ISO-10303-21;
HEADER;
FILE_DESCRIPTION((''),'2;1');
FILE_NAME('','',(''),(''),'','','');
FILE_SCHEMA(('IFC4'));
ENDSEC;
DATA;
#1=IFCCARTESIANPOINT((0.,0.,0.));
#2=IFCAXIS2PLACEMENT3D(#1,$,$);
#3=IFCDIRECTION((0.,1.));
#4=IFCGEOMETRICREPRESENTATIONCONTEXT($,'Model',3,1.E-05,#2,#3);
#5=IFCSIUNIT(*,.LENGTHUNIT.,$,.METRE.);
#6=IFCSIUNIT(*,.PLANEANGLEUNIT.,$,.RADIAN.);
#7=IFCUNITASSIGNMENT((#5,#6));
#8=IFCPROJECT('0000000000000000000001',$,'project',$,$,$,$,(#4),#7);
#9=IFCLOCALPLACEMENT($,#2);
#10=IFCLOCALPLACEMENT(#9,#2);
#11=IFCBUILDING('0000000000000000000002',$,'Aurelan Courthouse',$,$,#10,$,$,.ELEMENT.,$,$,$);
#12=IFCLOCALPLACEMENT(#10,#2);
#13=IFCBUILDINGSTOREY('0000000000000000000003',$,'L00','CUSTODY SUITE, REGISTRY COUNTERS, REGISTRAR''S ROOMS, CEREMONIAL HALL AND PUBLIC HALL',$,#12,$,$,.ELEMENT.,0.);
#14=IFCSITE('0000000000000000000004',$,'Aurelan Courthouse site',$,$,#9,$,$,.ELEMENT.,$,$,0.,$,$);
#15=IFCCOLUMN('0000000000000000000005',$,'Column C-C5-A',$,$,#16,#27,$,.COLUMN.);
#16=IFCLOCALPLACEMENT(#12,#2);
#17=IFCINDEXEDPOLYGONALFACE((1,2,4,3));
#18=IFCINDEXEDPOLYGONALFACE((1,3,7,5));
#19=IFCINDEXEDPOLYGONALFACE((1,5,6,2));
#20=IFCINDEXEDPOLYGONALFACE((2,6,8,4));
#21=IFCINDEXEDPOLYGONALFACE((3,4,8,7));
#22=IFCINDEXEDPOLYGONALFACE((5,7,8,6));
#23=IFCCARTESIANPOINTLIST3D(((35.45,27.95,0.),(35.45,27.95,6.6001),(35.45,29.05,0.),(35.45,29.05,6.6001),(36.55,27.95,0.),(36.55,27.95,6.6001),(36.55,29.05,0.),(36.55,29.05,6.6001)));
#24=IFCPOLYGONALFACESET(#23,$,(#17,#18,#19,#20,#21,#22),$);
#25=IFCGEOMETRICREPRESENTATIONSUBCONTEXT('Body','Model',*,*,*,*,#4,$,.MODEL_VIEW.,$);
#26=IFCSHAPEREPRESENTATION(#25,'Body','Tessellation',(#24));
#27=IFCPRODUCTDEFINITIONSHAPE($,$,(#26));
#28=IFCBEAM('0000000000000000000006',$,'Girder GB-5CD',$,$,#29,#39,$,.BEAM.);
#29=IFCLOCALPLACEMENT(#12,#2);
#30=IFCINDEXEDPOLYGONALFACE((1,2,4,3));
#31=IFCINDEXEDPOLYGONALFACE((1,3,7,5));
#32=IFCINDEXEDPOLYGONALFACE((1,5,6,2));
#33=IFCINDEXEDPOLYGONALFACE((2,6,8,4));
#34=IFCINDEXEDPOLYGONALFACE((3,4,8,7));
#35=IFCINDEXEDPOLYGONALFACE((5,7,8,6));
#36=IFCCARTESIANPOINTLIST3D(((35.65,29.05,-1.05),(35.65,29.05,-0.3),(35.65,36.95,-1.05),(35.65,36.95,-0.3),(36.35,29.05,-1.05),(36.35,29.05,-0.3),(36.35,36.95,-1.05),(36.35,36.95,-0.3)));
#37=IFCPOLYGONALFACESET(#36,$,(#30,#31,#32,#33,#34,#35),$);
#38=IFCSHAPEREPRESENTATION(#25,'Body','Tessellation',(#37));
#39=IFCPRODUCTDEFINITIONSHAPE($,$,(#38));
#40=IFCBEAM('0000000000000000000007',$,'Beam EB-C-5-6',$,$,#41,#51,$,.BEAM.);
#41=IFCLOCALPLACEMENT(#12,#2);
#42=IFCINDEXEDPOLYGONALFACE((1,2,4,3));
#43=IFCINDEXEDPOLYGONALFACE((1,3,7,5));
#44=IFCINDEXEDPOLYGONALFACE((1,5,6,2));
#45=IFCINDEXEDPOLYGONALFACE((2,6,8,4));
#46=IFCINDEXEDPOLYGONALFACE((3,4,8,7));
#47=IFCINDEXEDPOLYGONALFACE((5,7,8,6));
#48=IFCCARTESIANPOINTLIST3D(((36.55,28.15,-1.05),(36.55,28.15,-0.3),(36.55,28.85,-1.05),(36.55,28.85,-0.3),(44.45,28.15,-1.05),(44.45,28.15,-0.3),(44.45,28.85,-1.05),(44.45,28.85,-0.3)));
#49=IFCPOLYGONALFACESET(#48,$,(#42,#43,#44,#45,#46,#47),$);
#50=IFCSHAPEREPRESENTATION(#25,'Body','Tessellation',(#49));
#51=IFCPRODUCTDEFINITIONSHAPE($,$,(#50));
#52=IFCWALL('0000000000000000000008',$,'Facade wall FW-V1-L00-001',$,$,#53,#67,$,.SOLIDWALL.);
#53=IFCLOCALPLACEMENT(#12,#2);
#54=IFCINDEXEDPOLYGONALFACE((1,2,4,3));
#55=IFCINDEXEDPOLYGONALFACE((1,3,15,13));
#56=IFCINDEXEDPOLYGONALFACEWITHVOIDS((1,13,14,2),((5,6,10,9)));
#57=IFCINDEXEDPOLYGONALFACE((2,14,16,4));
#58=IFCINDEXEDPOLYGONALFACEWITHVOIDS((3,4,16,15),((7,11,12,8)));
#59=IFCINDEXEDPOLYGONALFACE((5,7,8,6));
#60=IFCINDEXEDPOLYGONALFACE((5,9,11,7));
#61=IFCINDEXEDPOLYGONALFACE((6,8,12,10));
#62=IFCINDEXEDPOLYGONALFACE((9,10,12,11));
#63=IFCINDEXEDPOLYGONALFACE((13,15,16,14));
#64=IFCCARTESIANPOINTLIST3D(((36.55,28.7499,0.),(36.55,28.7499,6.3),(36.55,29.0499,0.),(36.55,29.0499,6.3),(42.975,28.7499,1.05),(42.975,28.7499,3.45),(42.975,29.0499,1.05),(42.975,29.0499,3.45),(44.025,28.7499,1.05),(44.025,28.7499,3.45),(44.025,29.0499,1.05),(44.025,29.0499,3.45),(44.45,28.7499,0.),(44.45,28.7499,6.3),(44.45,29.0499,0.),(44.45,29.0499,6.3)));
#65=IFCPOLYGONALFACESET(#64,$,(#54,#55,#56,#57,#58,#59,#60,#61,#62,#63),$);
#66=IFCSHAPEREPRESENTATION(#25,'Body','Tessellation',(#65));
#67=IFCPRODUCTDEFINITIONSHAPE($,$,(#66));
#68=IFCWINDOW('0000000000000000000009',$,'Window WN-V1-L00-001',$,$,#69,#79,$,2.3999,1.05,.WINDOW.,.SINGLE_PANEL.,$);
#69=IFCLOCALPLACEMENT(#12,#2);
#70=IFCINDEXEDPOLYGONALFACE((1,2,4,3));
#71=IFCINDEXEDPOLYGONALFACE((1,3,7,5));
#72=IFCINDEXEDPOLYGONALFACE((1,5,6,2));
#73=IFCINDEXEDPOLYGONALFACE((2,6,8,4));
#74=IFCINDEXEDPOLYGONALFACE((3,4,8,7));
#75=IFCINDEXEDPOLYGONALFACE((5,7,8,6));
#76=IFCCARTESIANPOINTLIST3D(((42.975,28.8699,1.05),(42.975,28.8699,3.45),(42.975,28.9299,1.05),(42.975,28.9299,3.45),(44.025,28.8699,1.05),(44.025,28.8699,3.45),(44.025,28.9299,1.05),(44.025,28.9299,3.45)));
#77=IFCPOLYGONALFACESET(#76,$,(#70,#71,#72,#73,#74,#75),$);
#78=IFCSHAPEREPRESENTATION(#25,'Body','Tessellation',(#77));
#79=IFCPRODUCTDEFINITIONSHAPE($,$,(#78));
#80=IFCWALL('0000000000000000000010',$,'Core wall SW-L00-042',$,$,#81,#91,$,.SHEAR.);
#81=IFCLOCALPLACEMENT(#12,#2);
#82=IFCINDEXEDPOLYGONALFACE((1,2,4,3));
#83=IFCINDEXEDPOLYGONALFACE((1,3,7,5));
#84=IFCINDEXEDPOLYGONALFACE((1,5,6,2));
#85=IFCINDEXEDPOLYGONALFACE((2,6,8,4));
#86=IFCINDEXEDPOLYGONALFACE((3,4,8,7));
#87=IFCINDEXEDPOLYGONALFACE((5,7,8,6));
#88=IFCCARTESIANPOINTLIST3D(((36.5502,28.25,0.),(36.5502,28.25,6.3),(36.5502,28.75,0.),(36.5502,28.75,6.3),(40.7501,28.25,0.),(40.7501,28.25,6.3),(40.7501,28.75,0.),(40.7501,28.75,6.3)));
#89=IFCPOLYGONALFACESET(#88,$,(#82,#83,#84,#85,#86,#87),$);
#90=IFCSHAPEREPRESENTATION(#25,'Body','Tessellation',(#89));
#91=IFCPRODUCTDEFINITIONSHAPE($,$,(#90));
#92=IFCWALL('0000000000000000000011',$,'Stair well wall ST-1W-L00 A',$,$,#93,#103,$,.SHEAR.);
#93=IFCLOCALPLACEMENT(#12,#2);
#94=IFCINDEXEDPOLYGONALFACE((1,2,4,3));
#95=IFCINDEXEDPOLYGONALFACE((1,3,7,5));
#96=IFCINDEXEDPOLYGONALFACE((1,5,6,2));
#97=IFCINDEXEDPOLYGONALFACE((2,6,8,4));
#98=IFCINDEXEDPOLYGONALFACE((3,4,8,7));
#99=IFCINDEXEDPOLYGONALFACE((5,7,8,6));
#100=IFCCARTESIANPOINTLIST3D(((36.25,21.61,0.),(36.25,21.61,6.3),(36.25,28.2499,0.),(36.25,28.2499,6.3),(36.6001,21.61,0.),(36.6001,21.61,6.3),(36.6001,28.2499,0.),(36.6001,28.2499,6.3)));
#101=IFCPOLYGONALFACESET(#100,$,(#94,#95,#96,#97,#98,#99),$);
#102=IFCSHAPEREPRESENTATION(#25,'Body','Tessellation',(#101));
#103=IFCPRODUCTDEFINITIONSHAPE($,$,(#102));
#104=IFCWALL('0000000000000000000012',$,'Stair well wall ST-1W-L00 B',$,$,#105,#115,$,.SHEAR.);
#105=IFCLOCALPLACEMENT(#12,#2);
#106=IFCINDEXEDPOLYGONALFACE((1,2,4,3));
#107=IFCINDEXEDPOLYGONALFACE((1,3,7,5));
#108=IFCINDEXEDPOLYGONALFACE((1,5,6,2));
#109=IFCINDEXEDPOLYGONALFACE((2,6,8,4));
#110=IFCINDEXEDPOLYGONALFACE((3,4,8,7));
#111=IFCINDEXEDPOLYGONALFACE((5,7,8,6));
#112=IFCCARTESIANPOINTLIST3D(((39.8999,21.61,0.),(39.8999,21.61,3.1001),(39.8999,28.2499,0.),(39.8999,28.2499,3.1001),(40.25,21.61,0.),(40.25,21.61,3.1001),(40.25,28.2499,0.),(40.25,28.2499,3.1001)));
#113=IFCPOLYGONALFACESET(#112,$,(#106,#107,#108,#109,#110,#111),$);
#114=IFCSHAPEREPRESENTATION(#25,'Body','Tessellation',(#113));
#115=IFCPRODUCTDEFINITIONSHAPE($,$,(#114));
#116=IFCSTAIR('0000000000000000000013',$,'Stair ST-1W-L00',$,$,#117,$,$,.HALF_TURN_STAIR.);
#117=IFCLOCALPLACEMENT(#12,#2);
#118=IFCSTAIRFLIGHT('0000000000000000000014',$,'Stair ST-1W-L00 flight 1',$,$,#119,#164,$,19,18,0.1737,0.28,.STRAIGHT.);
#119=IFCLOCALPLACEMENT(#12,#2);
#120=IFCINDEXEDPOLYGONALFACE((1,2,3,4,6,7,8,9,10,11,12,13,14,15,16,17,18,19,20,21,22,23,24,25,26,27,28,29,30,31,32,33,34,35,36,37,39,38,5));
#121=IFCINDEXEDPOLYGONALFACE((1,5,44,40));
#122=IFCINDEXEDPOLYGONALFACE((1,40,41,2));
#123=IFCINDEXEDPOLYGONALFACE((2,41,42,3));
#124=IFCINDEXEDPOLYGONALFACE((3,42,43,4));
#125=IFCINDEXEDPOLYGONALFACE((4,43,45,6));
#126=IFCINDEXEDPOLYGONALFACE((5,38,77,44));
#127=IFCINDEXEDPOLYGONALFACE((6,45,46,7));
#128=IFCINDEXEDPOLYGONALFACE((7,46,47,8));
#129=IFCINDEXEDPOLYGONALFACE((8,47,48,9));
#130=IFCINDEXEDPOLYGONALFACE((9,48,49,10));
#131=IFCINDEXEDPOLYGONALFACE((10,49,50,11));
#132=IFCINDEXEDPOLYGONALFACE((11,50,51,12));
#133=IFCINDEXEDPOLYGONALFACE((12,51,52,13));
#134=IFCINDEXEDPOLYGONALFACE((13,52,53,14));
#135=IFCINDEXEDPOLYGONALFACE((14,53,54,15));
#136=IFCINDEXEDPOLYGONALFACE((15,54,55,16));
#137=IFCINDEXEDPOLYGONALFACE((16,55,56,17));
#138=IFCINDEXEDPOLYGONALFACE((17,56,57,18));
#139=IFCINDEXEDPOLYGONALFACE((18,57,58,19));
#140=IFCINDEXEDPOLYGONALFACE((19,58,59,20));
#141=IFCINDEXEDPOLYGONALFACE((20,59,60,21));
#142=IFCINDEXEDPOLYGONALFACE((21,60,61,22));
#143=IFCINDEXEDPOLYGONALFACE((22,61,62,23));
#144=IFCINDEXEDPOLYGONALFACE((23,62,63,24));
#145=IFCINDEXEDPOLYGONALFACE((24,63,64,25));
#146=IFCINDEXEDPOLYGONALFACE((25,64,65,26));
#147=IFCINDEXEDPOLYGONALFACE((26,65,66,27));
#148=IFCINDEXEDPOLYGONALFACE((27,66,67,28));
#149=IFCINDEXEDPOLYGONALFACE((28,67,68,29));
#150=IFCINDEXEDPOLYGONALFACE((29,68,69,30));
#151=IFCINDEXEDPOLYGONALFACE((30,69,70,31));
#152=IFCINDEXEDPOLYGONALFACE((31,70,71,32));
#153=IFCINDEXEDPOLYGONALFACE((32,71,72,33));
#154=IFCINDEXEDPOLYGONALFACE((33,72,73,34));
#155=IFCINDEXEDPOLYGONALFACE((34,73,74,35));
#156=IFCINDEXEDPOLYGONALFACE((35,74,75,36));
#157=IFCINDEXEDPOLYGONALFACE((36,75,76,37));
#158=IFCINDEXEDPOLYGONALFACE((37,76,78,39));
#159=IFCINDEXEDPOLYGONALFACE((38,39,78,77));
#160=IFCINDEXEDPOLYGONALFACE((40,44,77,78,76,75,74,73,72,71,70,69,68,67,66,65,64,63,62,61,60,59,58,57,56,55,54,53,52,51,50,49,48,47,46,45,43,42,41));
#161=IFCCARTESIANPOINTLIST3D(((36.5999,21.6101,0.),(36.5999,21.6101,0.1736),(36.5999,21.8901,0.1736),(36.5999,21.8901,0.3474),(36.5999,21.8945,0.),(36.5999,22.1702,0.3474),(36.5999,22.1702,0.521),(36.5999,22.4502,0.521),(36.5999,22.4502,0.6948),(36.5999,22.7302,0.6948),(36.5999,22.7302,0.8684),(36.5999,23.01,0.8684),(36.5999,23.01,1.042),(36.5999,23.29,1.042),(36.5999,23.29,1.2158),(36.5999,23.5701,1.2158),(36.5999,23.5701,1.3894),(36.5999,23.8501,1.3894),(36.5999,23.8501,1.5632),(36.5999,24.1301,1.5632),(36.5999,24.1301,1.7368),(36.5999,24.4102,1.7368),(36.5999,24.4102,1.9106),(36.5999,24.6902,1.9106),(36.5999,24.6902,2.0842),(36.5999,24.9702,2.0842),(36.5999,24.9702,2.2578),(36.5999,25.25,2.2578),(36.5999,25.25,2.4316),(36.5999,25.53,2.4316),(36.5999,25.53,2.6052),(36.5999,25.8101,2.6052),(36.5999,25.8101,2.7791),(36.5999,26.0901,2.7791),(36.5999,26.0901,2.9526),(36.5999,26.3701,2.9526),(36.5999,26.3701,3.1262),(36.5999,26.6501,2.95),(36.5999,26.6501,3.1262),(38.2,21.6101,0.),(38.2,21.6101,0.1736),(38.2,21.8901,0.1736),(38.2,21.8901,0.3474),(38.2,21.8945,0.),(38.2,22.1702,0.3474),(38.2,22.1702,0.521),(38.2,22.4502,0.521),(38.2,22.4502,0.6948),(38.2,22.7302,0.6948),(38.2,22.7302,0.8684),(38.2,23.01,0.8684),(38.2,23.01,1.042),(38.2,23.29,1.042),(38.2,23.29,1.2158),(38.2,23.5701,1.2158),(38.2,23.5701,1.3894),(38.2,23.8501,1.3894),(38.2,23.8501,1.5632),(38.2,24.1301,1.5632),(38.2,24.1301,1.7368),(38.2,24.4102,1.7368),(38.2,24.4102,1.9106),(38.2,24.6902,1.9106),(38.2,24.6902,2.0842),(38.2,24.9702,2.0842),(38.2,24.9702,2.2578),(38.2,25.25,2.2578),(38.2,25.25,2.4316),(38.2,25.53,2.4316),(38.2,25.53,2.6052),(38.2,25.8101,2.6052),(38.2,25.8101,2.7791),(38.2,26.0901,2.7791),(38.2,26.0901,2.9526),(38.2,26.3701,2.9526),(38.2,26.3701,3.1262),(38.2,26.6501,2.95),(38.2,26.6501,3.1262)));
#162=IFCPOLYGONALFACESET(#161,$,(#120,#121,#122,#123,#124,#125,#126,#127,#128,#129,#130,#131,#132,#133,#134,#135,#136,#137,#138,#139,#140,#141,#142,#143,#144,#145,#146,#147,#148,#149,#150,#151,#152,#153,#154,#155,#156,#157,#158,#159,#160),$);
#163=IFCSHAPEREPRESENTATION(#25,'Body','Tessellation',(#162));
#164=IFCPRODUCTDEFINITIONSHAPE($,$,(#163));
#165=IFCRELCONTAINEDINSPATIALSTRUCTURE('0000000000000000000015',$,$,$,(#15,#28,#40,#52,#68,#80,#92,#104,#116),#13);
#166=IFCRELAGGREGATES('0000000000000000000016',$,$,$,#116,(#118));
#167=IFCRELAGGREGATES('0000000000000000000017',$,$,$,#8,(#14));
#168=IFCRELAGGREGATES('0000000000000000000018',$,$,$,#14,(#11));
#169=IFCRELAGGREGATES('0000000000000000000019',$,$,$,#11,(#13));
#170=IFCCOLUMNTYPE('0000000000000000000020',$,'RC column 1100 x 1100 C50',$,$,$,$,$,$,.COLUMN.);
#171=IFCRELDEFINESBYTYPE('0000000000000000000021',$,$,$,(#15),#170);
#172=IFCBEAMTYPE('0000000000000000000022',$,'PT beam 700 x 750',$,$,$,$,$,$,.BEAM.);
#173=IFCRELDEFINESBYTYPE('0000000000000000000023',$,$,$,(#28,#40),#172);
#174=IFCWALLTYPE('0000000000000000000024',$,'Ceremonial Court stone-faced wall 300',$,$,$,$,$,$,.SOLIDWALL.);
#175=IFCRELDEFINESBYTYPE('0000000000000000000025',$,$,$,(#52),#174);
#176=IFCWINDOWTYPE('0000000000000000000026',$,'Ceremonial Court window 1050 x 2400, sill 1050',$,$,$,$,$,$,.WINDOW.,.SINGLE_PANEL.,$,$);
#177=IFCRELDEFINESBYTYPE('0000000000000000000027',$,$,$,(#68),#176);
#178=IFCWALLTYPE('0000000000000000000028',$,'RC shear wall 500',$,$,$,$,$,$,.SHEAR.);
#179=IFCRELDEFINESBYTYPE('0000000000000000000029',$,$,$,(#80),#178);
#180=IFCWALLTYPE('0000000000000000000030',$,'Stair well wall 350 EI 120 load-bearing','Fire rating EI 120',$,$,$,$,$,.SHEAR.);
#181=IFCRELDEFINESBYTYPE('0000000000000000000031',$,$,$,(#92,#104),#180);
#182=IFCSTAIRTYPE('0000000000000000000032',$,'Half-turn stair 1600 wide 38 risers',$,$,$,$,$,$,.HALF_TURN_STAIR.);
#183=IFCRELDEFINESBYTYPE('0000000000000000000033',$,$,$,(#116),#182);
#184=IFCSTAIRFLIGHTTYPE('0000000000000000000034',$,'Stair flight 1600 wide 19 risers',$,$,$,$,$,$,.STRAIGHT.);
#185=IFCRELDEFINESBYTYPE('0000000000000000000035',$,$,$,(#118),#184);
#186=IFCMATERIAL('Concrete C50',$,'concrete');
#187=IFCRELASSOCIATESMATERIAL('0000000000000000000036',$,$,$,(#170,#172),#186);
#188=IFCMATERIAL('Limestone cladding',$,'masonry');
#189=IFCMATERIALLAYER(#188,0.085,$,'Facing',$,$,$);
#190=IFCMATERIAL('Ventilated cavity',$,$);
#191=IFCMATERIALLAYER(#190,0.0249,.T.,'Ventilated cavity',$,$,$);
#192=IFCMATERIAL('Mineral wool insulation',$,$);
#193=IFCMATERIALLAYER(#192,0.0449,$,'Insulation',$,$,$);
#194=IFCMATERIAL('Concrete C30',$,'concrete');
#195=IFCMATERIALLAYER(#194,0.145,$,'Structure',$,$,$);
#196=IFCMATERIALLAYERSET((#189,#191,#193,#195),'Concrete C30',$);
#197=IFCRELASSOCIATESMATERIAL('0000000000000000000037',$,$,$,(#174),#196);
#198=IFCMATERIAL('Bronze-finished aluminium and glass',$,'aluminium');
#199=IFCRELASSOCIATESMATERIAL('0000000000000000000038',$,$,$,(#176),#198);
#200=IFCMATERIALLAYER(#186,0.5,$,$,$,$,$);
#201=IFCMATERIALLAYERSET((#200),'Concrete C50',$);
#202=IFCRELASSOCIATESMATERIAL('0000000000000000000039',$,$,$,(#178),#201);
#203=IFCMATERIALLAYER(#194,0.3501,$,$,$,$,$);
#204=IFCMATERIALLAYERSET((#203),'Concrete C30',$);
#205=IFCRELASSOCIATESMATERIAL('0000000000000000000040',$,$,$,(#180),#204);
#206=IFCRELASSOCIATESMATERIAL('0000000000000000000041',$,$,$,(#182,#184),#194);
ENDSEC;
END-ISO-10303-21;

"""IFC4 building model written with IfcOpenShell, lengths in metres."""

from ifc_helpers import new_model, si_unit, direction, frame, frame_2d, origin, origin_2d, place, context, subcontext, project, spatial, polyline, rectangle, outline, extrude, material, layer, layer_set, material_profile, profile_set, type_object, element, fill, aggregate, save


model = new_model("IFC4")

# Units and contexts
model_context = context("Model", 3, precision=1e-05, world=origin(), true_north=direction((0.0, 1.0)))
body_context = subcontext(model_context, "Body", "Model", "MODEL_VIEW")
ifc_project = project(units=[si_unit("LENGTHUNIT", "METRE"), si_unit("PLANEANGLEUNIT", "RADIAN")], contexts=[model_context])

# Site, building, storey
site_placement = place(None, origin())
site = spatial("IfcSite", under=ifc_project, at=site_placement, Name="Aurelan Courthouse site", CompositionType="ELEMENT", RefElevation=0.0)
building_placement = place(site_placement, origin())
building = spatial("IfcBuilding", under=site, at=building_placement, Name="Aurelan Courthouse", CompositionType="ELEMENT")
storey_placement = place(building_placement, origin())
storey = spatial("IfcBuildingStorey", under=building, at=storey_placement, Name="L00", Description="CUSTODY SUITE, REGISTRY COUNTERS, REGISTRAR'S ROOMS, CEREMONIAL HALL AND PUBLIC HALL", CompositionType="ELEMENT", Elevation=0.0)

# Column
ifc_material_1 = material(Name="Concrete C50", Category="concrete")
ifc_material_profile_1 = material_profile(ifc_material_1, rectangle(XDim=1.1001, YDim=1.1001, at=origin_2d()), Name="RC 1100 x 1100")
ifc_profile_set_1 = profile_set([ifc_material_profile_1], Name="Concrete C50")
column_type = type_object("IfcColumnType", Name="RC column 1100 x 1100 C50", PredefinedType="COLUMN", material=ifc_profile_set_1)
column_placement = place(storey_placement, frame((36.0, 28.5, 0.0), z_axis=(0.0, 0.0, 1.0), x_axis=(1.0, 0.0, 0.0)))
element("IfcColumn", 1, at=column_placement, inside=storey, type_object=column_type, Name="Column C-C5-A", PredefinedType="COLUMN", context=body_context, shape_type="SweptSolid", body=[
    extrude(rectangle(XDim=1.1001, YDim=1.1001, at=origin_2d()), origin(), (0.0, 0.0, 1.0), 6.6001),
])

# Beams
ifc_material_profile_2 = material_profile(ifc_material_1, rectangle(XDim=0.7, YDim=0.75, at=origin_2d()), Name="RC 700 x 750")
ifc_profile_set_2 = profile_set([ifc_material_profile_2], Name="Concrete C50")
beam_type = type_object("IfcBeamType", Name="PT beam 700 x 750", PredefinedType="BEAM", material=ifc_profile_set_2)
for number, where, z_axis, x_axis, name in (
    (2, (36.0, 29.05, -0.675), (0.0, 1.0, 0.0), (-1.0, 0.0, 0.0), "Girder GB-5CD"),
    (3, (36.55, 28.5, -0.675), (1.0, 0.0, 0.0), (0.0, 1.0, 0.0), "Beam EB-C-5-6"),
):
    element("IfcBeam", number, at=place(storey_placement, frame(where, z_axis=z_axis, x_axis=x_axis)), inside=storey, type_object=beam_type, Name=name, PredefinedType="BEAM", context=body_context, shape_type="SweptSolid", body=[
        extrude(rectangle(XDim=0.7, YDim=0.75, at=origin_2d()), origin(), (0.0, 0.0, 1.0), 7.8999),
    ])

# Wall, opening, window
ifc_material_2 = material(Name="Limestone cladding", Category="masonry")
ifc_layer_1 = layer(ifc_material_2, 0.085, Name="Facing")
ifc_material_3 = material(Name="Ventilated cavity")
ifc_layer_2 = layer(ifc_material_3, 0.0249, ventilated=True, Name="Ventilated cavity")
ifc_material_4 = material(Name="Mineral wool insulation")
ifc_layer_3 = layer(ifc_material_4, 0.0449, Name="Insulation")
ifc_material_5 = material(Name="Concrete C30", Category="concrete")
ifc_layer_4 = layer(ifc_material_5, 0.145, Name="Structure")
ifc_layer_set_1 = layer_set([ifc_layer_1, ifc_layer_2, ifc_layer_3, ifc_layer_4], Name="Concrete C30")
wall_type_1 = type_object("IfcWallType", Name="Ceremonial Court stone-faced wall 300", PredefinedType="SOLIDWALL", material=ifc_layer_set_1)
wall_1_placement = place(storey_placement, frame((36.55, 28.8999, 0.0), z_axis=(0.0, 0.0, 1.0), x_axis=(1.0, 0.0, 0.0)))
wall_1 = element("IfcWall", 4, at=wall_1_placement, inside=storey, type_object=wall_type_1, Name="Facade wall FW-V1-L00-001", PredefinedType="SOLIDWALL", context=body_context, shape_type="SweptSolid", body=[
    extrude(rectangle(XDim=7.8999, YDim=0.3, at=frame_2d((3.95, 0.0))), origin(), (0.0, 0.0, 1.0), 6.3),
])
opening_placement = place(wall_1_placement, frame((6.425, 0.0, 1.05)))
opening = element("IfcOpeningElement", 5, at=opening_placement, cuts=wall_1, PredefinedType="OPENING", context=body_context, shape_type="SweptSolid", body=[
    extrude(rectangle(XDim=1.05, YDim=2.3999, at=frame_2d((0.5249, 1.2))), frame((0.0, 0.1599, 0.0), z_axis=(0.0, -1.0, 0.0), x_axis=(1.0, 0.0, 0.0)), (0.0, 0.0, 1.0), 0.3201),
])
ifc_material_6 = material(Name="Bronze-finished aluminium and glass", Category="aluminium")
window_type = type_object("IfcWindowType", Name="Ceremonial Court window 1050 x 2400, sill 1050", PartitioningType="SINGLE_PANEL", PredefinedType="WINDOW", material=ifc_material_6)
window_placement = place(opening_placement, origin())
window = element("IfcWindow", 6, at=window_placement, inside=storey, type_object=window_type, Name="Window WN-V1-L00-001", OverallHeight=2.3999, OverallWidth=1.05, PartitioningType="SINGLE_PANEL", PredefinedType="WINDOW", context=body_context, shape_type="SweptSolid", body=[
    extrude(rectangle(XDim=1.05, YDim=2.3999, at=frame_2d((0.5249, 1.2))), frame((0.0, 0.03, 0.0), z_axis=(0.0, -1.0, 0.0), x_axis=(1.0, 0.0, 0.0)), (0.0, 0.0, 1.0), 0.0601),
])
fill(opening, window)

# Walls
ifc_layer_5 = layer(ifc_material_1, 0.5)
ifc_layer_set_2 = layer_set([ifc_layer_5], Name="Concrete C50")
wall_type_2 = type_object("IfcWallType", Name="RC shear wall 500", PredefinedType="SHEAR", material=ifc_layer_set_2)
wall_2_placement = place(storey_placement, frame((36.55, 28.5, 0.0), z_axis=(0.0, 0.0, 1.0), x_axis=(1.0, 0.0, 0.0)))
element("IfcWall", 7, at=wall_2_placement, inside=storey, type_object=wall_type_2, Name="Core wall SW-L00-042", PredefinedType="SHEAR", context=body_context, shape_type="SweptSolid", body=[
    extrude(rectangle(XDim=4.2, YDim=0.5, at=frame_2d((2.1001, 0.0))), origin(), (0.0, 0.0, 1.0), 6.3),
])
ifc_layer_6 = layer(ifc_material_5, 0.3501)
ifc_layer_set_3 = layer_set([ifc_layer_6], Name="Concrete C30")
wall_type_3 = type_object("IfcWallType", Name="Stair well wall 350 EI 120 load-bearing", Description="Fire rating EI 120", PredefinedType="SHEAR", material=ifc_layer_set_3)
wall_3_placement = place(storey_placement, frame((36.425, 21.6101, 0.0), z_axis=(0.0, 0.0, 1.0), x_axis=(0.0, 1.0, 0.0)))
element("IfcWall", 8, at=wall_3_placement, inside=storey, type_object=wall_type_3, Name="Stair well wall ST-1W-L00 A", PredefinedType="SHEAR", context=body_context, shape_type="SweptSolid", body=[
    extrude(rectangle(XDim=6.6399, YDim=0.3501, at=frame_2d((3.3198, 0.0))), origin(), (0.0, 0.0, 1.0), 6.3),
])
wall_4_placement = place(storey_placement, frame((40.075, 21.6101, 0.0), z_axis=(0.0, 0.0, 1.0), x_axis=(0.0, 1.0, 0.0)))
element("IfcWall", 9, at=wall_4_placement, inside=storey, type_object=wall_type_3, Name="Stair well wall ST-1W-L00 B", PredefinedType="SHEAR", context=body_context, shape_type="SweptSolid", body=[
    extrude(rectangle(XDim=6.6399, YDim=0.3501, at=frame_2d((3.3198, 0.0))), origin(), (0.0, 0.0, 1.0), 3.1001),
])

# Stair, stair flight
stair_type = type_object("IfcStairType", Name="Half-turn stair 1600 wide 38 risers", PredefinedType="HALF_TURN_STAIR", material=ifc_material_5)
stair_placement = place(storey_placement, origin())
stair = element("IfcStair", 10, at=stair_placement, inside=storey, type_object=stair_type, Name="Stair ST-1W-L00", PredefinedType="HALF_TURN_STAIR")
stair_flight_type = type_object("IfcStairFlightType", Name="Stair flight 1600 wide 19 risers", PredefinedType="STRAIGHT", material=ifc_material_5)
stair_flight_1_placement = place(storey_placement, frame((37.3999, 21.6101, 0.0), z_axis=(0.0, 0.0, 1.0), x_axis=(0.0, 1.0, 0.0)))
stair_flight_1 = element("IfcStairFlight", 11, at=stair_flight_1_placement, type_object=stair_flight_type, Name="Stair ST-1W-L00 flight 1", NumberOfRisers=19, NumberOfTreads=18, PredefinedType="STRAIGHT", RiserHeight=0.1737, TreadLength=0.28, context=body_context, shape_type="SweptSolid", body=[
    extrude(outline(polyline([(0.0, 0.0), (0.0, 0.1736), (0.28, 0.1736), (0.28, 0.3474), (0.5601, 0.3474), (0.5601, 0.521), (0.8401, 0.521), (0.8401, 0.6948), (1.1201, 0.6948), (1.1201, 0.8684), (1.3999, 0.8684), (1.3999, 1.042), (1.6799, 1.042), (1.6799, 1.2158), (1.96, 1.2158), (1.96, 1.3894), (2.24, 1.3894), (2.24, 1.5632), (2.52, 1.5632), (2.52, 1.7368), (2.8, 1.7368), (2.8, 1.9106), (3.0801, 1.9106), (3.0801, 2.0842), (3.3601, 2.0842), (3.3601, 2.2578), (3.6399, 2.2578), (3.6399, 2.4316), (3.9199, 2.4316), (3.9199, 2.6052), (4.2, 2.6052), (4.2, 2.7791), (4.48, 2.7791), (4.48, 2.9526), (4.76, 2.9526), (4.76, 3.1262), (5.04, 3.1262), (5.04, 3.3), (5.04, 2.95), (0.2844, 0.0), (0.0, 0.0)])), frame((0.0, 0.8, 0.0), z_axis=(0.0, -1.0, 0.0), x_axis=(1.0, 0.0, 0.0)), (0.0, 0.0, 1.0), 1.6001),
])
aggregate(stair, [stair_flight_1])

save(model, "model.ifc")
